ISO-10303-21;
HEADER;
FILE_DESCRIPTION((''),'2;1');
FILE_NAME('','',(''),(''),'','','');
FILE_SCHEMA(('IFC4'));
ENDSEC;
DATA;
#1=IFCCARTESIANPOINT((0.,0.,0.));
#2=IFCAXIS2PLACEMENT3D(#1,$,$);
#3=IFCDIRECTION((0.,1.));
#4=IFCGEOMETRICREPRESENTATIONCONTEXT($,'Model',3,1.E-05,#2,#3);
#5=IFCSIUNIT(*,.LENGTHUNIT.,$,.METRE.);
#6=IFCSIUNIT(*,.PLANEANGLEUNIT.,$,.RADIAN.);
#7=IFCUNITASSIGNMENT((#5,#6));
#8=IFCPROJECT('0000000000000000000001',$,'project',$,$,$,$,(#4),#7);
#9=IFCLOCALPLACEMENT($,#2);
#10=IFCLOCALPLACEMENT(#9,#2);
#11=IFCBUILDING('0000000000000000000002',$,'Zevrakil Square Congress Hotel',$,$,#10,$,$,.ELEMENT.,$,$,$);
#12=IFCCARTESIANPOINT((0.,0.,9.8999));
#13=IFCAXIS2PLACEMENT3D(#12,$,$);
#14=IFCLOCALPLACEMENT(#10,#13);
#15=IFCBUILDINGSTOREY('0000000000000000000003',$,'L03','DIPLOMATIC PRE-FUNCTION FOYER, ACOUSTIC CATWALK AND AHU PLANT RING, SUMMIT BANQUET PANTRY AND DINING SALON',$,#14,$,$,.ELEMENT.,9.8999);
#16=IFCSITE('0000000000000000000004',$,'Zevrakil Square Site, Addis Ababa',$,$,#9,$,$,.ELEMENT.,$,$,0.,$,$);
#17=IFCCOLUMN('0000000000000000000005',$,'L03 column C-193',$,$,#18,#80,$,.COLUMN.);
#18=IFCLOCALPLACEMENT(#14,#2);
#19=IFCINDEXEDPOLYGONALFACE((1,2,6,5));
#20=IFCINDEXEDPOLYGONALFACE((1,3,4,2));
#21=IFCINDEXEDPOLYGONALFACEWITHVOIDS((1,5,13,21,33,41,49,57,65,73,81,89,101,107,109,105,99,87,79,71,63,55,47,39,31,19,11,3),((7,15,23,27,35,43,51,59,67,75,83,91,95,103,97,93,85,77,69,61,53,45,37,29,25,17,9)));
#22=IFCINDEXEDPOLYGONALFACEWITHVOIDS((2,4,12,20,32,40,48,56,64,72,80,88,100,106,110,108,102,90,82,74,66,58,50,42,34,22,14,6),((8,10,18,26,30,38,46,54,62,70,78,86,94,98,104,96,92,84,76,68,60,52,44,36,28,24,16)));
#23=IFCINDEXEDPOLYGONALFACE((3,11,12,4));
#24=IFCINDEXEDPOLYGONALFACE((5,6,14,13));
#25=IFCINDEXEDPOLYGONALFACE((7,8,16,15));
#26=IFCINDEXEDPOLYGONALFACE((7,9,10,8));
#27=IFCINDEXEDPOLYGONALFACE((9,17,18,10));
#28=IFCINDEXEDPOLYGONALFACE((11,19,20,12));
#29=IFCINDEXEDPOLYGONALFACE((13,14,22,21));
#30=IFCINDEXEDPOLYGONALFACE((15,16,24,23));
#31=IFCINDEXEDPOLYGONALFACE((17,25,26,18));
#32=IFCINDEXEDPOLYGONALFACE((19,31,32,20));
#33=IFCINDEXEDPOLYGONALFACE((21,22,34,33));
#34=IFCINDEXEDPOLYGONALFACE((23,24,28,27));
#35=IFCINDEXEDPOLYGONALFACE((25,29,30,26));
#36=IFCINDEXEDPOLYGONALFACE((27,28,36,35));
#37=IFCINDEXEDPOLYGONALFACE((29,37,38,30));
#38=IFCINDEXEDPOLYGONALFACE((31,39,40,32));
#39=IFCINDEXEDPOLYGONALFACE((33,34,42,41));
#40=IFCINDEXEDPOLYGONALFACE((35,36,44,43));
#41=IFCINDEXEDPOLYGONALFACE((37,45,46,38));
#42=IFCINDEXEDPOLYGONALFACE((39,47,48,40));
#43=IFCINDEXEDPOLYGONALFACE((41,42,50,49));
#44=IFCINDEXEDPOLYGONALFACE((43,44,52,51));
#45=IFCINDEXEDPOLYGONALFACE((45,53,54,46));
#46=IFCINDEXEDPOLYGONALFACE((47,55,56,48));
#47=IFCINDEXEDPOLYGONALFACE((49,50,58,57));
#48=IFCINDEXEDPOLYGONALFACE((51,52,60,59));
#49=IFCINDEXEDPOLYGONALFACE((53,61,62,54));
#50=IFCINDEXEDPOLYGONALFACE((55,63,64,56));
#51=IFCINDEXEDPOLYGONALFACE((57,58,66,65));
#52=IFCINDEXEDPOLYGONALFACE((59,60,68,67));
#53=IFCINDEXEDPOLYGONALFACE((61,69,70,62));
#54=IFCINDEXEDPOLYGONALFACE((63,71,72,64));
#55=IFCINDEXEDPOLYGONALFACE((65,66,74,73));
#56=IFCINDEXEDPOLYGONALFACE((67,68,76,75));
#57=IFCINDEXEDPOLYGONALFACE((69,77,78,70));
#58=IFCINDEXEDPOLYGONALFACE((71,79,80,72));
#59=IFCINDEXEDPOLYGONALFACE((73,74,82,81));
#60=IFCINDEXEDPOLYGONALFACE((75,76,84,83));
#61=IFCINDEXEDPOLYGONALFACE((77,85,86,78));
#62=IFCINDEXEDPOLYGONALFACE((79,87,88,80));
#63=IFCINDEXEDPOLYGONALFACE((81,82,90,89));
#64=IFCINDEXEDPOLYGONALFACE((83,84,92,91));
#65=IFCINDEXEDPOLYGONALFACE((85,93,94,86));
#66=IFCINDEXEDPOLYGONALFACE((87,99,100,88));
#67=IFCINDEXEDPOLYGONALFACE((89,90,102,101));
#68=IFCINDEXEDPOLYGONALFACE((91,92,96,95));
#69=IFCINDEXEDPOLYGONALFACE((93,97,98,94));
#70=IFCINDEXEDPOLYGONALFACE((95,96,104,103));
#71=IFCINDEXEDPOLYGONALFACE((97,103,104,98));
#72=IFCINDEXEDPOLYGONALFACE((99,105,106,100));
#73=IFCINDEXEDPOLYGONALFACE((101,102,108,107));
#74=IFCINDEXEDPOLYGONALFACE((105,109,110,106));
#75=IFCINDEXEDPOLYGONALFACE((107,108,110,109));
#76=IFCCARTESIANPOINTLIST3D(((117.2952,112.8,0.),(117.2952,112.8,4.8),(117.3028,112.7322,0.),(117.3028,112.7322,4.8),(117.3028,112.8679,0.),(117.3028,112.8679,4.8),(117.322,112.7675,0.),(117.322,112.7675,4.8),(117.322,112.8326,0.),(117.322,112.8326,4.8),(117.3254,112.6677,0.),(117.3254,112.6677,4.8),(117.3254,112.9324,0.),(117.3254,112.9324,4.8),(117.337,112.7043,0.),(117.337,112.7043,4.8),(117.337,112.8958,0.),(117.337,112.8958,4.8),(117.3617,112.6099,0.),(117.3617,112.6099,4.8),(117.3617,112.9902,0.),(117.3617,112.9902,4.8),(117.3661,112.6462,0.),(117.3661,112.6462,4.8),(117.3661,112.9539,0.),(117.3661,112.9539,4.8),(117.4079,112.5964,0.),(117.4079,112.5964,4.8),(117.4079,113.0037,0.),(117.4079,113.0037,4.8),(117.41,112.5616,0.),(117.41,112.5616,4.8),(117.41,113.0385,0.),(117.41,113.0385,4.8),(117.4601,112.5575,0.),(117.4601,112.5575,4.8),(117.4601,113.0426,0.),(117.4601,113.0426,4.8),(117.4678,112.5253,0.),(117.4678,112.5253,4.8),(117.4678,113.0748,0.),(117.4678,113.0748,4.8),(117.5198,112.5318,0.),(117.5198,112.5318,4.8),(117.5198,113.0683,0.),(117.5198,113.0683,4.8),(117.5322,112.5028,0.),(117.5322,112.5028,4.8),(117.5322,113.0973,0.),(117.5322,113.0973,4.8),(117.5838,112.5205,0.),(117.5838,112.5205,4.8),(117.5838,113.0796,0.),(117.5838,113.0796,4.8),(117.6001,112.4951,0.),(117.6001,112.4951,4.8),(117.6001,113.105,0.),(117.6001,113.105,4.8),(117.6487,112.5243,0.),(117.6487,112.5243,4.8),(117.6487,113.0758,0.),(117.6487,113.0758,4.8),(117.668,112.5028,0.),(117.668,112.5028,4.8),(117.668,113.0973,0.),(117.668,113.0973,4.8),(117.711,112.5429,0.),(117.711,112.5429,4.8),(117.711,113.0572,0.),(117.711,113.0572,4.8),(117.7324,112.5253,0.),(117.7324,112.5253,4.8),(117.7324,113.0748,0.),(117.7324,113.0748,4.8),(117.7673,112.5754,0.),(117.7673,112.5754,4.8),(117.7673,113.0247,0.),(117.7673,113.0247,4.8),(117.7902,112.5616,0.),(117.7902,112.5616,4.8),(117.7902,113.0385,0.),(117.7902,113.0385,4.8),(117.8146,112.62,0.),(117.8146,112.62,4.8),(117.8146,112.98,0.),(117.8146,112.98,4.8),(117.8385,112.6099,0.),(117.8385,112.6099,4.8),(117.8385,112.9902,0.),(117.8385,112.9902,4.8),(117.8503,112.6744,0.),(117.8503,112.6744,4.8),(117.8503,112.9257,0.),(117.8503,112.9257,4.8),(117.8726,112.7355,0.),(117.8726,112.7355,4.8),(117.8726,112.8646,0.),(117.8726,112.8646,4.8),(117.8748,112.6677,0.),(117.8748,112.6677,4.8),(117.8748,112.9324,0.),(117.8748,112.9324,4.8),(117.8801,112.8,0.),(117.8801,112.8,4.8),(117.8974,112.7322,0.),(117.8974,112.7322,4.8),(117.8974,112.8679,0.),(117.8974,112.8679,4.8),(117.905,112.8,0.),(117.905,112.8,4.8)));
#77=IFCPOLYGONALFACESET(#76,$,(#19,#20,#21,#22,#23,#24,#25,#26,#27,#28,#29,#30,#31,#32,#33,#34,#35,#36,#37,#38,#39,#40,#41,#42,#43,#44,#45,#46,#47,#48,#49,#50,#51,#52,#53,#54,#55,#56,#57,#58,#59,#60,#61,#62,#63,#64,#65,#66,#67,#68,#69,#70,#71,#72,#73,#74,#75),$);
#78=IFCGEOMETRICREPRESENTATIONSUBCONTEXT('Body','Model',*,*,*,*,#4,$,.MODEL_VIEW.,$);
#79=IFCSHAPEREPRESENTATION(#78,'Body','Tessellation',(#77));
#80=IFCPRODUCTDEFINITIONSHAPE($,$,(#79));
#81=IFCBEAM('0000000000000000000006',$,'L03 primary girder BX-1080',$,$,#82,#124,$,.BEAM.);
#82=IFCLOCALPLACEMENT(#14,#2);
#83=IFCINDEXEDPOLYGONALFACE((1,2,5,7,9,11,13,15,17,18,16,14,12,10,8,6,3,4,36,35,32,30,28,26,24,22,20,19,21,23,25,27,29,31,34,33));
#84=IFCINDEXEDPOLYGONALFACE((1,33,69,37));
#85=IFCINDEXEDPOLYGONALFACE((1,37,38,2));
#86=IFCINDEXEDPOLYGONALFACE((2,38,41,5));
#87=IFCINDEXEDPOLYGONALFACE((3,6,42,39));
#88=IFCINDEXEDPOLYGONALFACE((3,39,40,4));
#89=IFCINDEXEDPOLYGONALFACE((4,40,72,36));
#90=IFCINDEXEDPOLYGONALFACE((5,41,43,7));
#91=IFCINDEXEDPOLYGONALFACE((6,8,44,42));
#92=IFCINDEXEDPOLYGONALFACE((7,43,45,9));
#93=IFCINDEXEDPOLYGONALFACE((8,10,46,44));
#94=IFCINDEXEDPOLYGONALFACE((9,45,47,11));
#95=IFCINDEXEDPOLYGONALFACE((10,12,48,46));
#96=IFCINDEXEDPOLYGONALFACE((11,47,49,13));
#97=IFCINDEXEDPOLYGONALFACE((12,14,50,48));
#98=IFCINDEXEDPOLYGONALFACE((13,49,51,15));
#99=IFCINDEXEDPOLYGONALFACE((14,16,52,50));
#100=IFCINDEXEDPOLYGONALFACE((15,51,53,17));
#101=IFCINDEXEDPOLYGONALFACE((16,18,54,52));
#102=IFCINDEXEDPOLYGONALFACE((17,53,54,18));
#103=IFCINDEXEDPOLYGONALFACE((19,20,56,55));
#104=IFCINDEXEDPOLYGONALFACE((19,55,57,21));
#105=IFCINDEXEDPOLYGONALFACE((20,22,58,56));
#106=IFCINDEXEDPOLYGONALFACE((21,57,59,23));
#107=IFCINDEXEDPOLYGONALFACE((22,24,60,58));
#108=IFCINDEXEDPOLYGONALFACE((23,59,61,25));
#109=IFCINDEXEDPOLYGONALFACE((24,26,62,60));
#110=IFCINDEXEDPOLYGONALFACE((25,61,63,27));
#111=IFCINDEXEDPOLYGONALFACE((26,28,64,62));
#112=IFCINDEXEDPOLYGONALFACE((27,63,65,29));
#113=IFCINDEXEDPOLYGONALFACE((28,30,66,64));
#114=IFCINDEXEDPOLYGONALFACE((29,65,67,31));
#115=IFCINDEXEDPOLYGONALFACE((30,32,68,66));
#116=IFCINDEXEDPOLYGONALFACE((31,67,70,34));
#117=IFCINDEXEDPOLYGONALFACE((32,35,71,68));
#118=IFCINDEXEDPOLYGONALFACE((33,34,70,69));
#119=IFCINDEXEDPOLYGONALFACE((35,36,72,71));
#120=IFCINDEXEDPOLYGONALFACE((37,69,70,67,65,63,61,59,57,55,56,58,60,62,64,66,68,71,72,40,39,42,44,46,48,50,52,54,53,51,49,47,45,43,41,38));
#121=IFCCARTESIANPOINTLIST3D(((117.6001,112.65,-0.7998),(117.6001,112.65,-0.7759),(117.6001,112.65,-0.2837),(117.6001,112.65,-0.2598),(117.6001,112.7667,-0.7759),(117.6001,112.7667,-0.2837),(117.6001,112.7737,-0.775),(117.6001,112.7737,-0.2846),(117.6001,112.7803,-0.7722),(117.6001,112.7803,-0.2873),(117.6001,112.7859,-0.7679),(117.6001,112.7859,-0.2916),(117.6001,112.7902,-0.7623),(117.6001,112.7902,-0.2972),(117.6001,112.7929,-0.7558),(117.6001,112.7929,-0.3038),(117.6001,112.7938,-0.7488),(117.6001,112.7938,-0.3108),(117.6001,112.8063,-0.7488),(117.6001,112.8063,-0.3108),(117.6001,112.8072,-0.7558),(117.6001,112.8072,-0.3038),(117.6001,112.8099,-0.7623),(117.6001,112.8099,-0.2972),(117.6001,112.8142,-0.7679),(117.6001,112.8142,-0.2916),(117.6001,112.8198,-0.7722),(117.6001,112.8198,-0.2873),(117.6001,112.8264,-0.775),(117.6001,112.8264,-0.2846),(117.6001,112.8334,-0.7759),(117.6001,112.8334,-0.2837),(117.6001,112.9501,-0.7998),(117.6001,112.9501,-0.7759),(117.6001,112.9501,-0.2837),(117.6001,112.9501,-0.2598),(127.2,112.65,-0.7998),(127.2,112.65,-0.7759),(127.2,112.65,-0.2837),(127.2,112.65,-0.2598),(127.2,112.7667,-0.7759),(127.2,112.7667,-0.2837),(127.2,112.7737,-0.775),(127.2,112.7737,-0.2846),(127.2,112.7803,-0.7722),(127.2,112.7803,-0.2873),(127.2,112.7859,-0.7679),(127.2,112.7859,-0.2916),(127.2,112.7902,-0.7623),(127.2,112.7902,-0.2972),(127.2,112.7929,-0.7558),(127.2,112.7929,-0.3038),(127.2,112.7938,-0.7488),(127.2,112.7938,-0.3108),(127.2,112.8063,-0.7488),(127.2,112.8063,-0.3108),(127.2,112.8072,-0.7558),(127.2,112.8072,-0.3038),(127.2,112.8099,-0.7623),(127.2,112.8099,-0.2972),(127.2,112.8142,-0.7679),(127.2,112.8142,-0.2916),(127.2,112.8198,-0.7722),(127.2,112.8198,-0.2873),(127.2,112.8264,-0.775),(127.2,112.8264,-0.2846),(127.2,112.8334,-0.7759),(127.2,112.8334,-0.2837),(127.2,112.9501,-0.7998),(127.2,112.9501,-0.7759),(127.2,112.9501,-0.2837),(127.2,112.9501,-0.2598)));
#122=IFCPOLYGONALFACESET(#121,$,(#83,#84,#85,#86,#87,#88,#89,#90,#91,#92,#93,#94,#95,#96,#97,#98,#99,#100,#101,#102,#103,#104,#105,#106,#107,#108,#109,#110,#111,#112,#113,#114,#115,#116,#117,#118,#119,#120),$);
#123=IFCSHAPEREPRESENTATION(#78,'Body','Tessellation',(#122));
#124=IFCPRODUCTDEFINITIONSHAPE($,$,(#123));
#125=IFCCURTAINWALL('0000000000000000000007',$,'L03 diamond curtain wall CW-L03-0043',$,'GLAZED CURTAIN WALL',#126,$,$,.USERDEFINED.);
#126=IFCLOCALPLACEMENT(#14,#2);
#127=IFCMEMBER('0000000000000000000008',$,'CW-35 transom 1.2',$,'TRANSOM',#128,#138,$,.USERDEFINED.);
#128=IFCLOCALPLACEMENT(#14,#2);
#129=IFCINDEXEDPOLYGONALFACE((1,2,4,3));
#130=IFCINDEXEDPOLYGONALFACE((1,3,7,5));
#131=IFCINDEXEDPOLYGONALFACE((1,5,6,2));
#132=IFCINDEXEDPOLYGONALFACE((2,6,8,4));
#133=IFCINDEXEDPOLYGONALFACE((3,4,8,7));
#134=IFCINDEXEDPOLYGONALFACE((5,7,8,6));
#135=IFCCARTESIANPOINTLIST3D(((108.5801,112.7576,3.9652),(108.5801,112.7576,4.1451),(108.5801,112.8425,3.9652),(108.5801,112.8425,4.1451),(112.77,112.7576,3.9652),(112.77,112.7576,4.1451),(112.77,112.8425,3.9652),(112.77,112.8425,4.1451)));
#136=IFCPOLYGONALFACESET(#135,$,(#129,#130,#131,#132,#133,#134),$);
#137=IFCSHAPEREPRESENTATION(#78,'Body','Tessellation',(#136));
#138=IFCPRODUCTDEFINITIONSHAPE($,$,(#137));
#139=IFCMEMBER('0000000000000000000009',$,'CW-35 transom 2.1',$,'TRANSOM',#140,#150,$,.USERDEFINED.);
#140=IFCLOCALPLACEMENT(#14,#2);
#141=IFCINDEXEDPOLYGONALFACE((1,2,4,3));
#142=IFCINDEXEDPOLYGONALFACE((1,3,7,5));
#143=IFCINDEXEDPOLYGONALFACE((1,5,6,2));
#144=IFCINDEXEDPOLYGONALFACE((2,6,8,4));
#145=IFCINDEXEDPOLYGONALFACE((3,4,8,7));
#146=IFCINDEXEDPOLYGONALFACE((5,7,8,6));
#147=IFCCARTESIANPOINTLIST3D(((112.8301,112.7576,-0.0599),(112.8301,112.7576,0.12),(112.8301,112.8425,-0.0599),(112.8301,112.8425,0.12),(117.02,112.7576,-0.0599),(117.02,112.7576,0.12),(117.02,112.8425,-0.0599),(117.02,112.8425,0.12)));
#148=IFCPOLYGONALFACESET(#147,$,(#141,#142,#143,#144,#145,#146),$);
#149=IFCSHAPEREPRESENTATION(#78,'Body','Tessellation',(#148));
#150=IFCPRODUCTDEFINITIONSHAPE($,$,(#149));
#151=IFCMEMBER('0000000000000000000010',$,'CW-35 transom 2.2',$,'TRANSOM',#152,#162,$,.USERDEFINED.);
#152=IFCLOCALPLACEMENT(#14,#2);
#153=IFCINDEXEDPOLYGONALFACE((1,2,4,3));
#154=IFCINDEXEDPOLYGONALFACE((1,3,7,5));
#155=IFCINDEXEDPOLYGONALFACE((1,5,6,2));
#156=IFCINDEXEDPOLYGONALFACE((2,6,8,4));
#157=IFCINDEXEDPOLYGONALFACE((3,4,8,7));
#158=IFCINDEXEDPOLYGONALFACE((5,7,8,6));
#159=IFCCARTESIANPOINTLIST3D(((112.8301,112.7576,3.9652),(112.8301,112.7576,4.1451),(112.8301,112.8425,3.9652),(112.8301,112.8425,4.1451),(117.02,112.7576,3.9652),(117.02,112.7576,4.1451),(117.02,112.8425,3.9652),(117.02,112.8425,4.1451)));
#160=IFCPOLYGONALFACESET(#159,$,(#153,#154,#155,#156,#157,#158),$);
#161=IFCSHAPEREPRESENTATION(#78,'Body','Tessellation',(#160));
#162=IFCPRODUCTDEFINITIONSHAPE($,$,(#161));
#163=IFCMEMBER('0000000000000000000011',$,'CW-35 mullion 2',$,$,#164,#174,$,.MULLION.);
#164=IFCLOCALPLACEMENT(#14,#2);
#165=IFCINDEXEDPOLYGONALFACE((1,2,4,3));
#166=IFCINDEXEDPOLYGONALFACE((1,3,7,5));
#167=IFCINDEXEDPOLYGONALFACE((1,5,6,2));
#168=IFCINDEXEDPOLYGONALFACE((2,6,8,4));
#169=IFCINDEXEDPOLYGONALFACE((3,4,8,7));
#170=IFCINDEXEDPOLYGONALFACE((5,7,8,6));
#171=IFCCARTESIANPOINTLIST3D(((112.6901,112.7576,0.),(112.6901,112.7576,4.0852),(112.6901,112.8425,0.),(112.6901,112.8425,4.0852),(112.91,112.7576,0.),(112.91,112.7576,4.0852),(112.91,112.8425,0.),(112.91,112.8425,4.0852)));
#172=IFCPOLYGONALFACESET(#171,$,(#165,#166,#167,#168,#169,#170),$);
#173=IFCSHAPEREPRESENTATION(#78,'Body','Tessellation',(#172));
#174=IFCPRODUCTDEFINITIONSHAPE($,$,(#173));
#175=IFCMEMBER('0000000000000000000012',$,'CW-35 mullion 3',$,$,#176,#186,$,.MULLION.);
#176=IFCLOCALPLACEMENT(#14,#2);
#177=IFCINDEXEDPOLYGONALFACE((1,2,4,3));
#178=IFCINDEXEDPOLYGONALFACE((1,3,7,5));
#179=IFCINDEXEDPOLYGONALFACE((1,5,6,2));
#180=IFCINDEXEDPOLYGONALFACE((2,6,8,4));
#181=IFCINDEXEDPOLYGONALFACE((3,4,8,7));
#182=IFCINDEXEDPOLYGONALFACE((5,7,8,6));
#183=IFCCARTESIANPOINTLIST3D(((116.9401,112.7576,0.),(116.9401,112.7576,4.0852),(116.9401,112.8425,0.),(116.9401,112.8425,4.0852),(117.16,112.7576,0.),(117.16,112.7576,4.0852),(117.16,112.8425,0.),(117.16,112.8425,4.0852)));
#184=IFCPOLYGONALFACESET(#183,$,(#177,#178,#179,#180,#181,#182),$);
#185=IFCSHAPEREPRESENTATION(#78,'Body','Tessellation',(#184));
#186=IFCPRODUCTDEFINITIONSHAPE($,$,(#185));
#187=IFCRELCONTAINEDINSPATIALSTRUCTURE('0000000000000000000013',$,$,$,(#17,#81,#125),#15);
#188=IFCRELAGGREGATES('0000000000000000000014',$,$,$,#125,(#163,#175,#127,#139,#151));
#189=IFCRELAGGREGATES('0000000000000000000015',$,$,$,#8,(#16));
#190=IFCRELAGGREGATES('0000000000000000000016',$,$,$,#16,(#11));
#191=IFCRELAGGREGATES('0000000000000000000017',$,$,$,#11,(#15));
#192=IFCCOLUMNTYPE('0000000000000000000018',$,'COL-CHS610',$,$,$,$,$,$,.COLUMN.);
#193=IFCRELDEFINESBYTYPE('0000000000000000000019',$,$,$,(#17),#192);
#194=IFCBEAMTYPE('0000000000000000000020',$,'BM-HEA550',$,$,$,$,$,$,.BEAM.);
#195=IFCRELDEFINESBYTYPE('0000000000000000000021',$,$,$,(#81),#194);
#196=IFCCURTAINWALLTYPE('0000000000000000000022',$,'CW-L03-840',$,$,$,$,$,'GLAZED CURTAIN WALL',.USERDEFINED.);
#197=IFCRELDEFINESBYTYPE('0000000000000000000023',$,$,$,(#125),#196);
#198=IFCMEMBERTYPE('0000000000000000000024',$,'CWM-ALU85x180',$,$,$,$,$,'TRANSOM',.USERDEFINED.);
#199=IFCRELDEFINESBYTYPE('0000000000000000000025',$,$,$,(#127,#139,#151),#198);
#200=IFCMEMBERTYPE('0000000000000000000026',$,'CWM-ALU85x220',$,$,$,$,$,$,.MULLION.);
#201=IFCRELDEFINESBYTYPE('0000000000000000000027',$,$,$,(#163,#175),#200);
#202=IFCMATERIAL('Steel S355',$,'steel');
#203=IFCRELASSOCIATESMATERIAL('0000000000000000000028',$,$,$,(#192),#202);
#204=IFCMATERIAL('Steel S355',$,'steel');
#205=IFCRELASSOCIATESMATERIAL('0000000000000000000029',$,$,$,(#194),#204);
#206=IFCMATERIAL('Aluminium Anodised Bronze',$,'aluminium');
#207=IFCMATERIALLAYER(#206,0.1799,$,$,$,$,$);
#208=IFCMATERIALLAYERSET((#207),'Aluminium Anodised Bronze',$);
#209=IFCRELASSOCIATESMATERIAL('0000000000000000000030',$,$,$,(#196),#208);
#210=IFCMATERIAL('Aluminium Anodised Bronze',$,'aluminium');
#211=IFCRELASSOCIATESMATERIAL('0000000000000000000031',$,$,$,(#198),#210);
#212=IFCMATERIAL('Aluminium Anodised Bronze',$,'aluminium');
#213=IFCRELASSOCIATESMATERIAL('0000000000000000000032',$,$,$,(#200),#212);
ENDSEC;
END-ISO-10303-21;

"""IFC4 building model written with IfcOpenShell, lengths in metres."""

from ifc_helpers import new_model, si_unit, direction, frame, origin, origin_2d, place, context, subcontext, project, spatial, rectangle, hollow_circle, i_section, extrude, material, layer, layer_set, material_profile, profile_set, type_object, element, aggregate, save


model = new_model("IFC4")

# Units and contexts
model_context = context("Model", 3, precision=1e-05, world=origin(), true_north=direction((0.0, 1.0)))
body_context = subcontext(model_context, "Body", "Model", "MODEL_VIEW")
ifc_project = project(units=[si_unit("LENGTHUNIT", "METRE"), si_unit("PLANEANGLEUNIT", "RADIAN")], contexts=[model_context])

# Site, building, storey
site_placement = place(None, origin())
site = spatial("IfcSite", under=ifc_project, at=site_placement, Name="Zevrakil Square Site, Addis Ababa", CompositionType="ELEMENT", RefElevation=0.0)
building_placement = place(site_placement, origin())
building = spatial("IfcBuilding", under=site, at=building_placement, Name="Zevrakil Square Congress Hotel", CompositionType="ELEMENT")
storey_placement = place(building_placement, frame((0.0, 0.0, 9.8999)))
storey = spatial("IfcBuildingStorey", under=building, at=storey_placement, Name="L03", Description="DIPLOMATIC PRE-FUNCTION FOYER, ACOUSTIC CATWALK AND AHU PLANT RING, SUMMIT BANQUET PANTRY AND DINING SALON", CompositionType="ELEMENT", Elevation=9.8999)

# Column
ifc_material_1 = material(Name="Steel S355", Category="steel")
ifc_material_profile_1 = material_profile(ifc_material_1, hollow_circle(Radius=0.3049, WallThickness=0.0249, at=origin_2d()), Name="CHS 610x25")
ifc_profile_set_1 = profile_set([ifc_material_profile_1], Name="Steel S355")
column_type = type_object("IfcColumnType", Name="COL-CHS610", PredefinedType="COLUMN", material=ifc_profile_set_1)
column_placement = place(storey_placement, frame((117.6001, 112.8, 0.0), z_axis=(0.0, 0.0, 1.0), x_axis=(1.0, 0.0, 0.0)))
element("IfcColumn", 1, at=column_placement, inside=storey, type_object=column_type, Name="L03 column C-193", PredefinedType="COLUMN", context=body_context, shape_type="SweptSolid", body=[
    extrude(hollow_circle(Radius=0.3049, WallThickness=0.0249, at=origin_2d()), origin(), (0.0, 0.0, 1.0), 4.8),
])

# Beam
ifc_material_2 = material(Name="Steel S355", Category="steel")
ifc_material_profile_2 = material_profile(ifc_material_2, i_section(OverallWidth=0.3, OverallDepth=0.54, WebThickness=0.0125, FlangeThickness=0.0239, FilletRadius=0.0271, at=origin_2d()), Name="HEA 550")
ifc_profile_set_2 = profile_set([ifc_material_profile_2], Name="Steel S355")
beam_type = type_object("IfcBeamType", Name="BM-HEA550", PredefinedType="BEAM", material=ifc_profile_set_2)
beam_placement = place(storey_placement, frame((117.6001, 112.8, -0.5298), z_axis=(1.0, 0.0, 0.0), x_axis=(0.0, 1.0, 0.0)))
element("IfcBeam", 2, at=beam_placement, inside=storey, type_object=beam_type, Name="L03 primary girder BX-1080", PredefinedType="BEAM", context=body_context, shape_type="SweptSolid", body=[
    extrude(i_section(OverallWidth=0.3, OverallDepth=0.54, WebThickness=0.0125, FlangeThickness=0.0239, FilletRadius=0.0271, at=origin_2d()), origin(), (0.0, 0.0, 1.0), 9.5999),
])

# Curtain wall, members
ifc_material_3 = material(Name="Aluminium Anodised Bronze", Category="aluminium")
ifc_layer_1 = layer(ifc_material_3, 0.1799)
ifc_layer_set_1 = layer_set([ifc_layer_1], Name="Aluminium Anodised Bronze")
curtain_wall_type = type_object("IfcCurtainWallType", Name="CW-L03-840", ElementType="GLAZED CURTAIN WALL", PredefinedType="USERDEFINED", material=ifc_layer_set_1)
curtain_wall_placement = place(storey_placement, origin())
curtain_wall = element("IfcCurtainWall", 3, at=curtain_wall_placement, inside=storey, type_object=curtain_wall_type, Name="L03 diamond curtain wall CW-L03-0043", ObjectType="GLAZED CURTAIN WALL", PredefinedType="USERDEFINED")
ifc_material_4 = material(Name="Aluminium Anodised Bronze", Category="aluminium")
ifc_material_profile_3 = material_profile(ifc_material_4, rectangle(XDim=0.085, YDim=0.1799, at=origin_2d()), Name="ALU 85x180")
ifc_profile_set_3 = profile_set([ifc_material_profile_3], Name="Aluminium Anodised Bronze")
member_type_1 = type_object("IfcMemberType", Name="CWM-ALU85x180", ElementType="TRANSOM", PredefinedType="USERDEFINED", material=ifc_profile_set_3)
member_1_placement = place(storey_placement, frame((108.5801, 112.8, 4.0552), z_axis=(1.0, 0.0, 0.0), x_axis=(0.0, 1.0, 0.0)))
member_1 = element("IfcMember", 4, at=member_1_placement, type_object=member_type_1, Name="CW-35 transom 1.2", ObjectType="TRANSOM", PredefinedType="USERDEFINED", context=body_context, shape_type="SweptSolid", body=[
    extrude(rectangle(XDim=0.085, YDim=0.1799, at=origin_2d()), origin(), (0.0, 0.0, 1.0), 4.1899),
])
member_2_placement = place(storey_placement, frame((112.8301, 112.8, 0.03), z_axis=(1.0, 0.0, 0.0), x_axis=(0.0, 1.0, 0.0)))
member_2 = element("IfcMember", 5, at=member_2_placement, type_object=member_type_1, Name="CW-35 transom 2.1", ObjectType="TRANSOM", PredefinedType="USERDEFINED", context=body_context, shape_type="SweptSolid", body=[
    extrude(rectangle(XDim=0.085, YDim=0.1799, at=origin_2d()), origin(), (0.0, 0.0, 1.0), 4.1899),
])
member_3_placement = place(storey_placement, frame((112.8301, 112.8, 4.0552), z_axis=(1.0, 0.0, 0.0), x_axis=(0.0, 1.0, 0.0)))
member_3 = element("IfcMember", 6, at=member_3_placement, type_object=member_type_1, Name="CW-35 transom 2.2", ObjectType="TRANSOM", PredefinedType="USERDEFINED", context=body_context, shape_type="SweptSolid", body=[
    extrude(rectangle(XDim=0.085, YDim=0.1799, at=origin_2d()), origin(), (0.0, 0.0, 1.0), 4.1899),
])
ifc_material_5 = material(Name="Aluminium Anodised Bronze", Category="aluminium")
ifc_material_profile_4 = material_profile(ifc_material_5, rectangle(XDim=0.085, YDim=0.22, at=origin_2d()), Name="ALU 85x220")
ifc_profile_set_4 = profile_set([ifc_material_profile_4], Name="Aluminium Anodised Bronze")
member_type_2 = type_object("IfcMemberType", Name="CWM-ALU85x220", PredefinedType="MULLION", material=ifc_profile_set_4)
member_4_placement = place(storey_placement, frame((112.8, 112.8, 0.0), z_axis=(0.0, 0.0, 1.0), x_axis=(0.0, 1.0, 0.0)))
member_4 = element("IfcMember", 7, at=member_4_placement, type_object=member_type_2, Name="CW-35 mullion 2", PredefinedType="MULLION", context=body_context, shape_type="SweptSolid", body=[
    extrude(rectangle(XDim=0.085, YDim=0.22, at=origin_2d()), origin(), (0.0, 0.0, 1.0), 4.0852),
])
member_5_placement = place(storey_placement, frame((117.05, 112.8, 0.0), z_axis=(0.0, 0.0, 1.0), x_axis=(0.0, 1.0, 0.0)))
member_5 = element("IfcMember", 8, at=member_5_placement, type_object=member_type_2, Name="CW-35 mullion 3", PredefinedType="MULLION", context=body_context, shape_type="SweptSolid", body=[
    extrude(rectangle(XDim=0.085, YDim=0.22, at=origin_2d()), origin(), (0.0, 0.0, 1.0), 4.0852),
])
aggregate(curtain_wall, [member_4, member_5, member_1, member_2, member_3])

save(model, "model.ifc")
